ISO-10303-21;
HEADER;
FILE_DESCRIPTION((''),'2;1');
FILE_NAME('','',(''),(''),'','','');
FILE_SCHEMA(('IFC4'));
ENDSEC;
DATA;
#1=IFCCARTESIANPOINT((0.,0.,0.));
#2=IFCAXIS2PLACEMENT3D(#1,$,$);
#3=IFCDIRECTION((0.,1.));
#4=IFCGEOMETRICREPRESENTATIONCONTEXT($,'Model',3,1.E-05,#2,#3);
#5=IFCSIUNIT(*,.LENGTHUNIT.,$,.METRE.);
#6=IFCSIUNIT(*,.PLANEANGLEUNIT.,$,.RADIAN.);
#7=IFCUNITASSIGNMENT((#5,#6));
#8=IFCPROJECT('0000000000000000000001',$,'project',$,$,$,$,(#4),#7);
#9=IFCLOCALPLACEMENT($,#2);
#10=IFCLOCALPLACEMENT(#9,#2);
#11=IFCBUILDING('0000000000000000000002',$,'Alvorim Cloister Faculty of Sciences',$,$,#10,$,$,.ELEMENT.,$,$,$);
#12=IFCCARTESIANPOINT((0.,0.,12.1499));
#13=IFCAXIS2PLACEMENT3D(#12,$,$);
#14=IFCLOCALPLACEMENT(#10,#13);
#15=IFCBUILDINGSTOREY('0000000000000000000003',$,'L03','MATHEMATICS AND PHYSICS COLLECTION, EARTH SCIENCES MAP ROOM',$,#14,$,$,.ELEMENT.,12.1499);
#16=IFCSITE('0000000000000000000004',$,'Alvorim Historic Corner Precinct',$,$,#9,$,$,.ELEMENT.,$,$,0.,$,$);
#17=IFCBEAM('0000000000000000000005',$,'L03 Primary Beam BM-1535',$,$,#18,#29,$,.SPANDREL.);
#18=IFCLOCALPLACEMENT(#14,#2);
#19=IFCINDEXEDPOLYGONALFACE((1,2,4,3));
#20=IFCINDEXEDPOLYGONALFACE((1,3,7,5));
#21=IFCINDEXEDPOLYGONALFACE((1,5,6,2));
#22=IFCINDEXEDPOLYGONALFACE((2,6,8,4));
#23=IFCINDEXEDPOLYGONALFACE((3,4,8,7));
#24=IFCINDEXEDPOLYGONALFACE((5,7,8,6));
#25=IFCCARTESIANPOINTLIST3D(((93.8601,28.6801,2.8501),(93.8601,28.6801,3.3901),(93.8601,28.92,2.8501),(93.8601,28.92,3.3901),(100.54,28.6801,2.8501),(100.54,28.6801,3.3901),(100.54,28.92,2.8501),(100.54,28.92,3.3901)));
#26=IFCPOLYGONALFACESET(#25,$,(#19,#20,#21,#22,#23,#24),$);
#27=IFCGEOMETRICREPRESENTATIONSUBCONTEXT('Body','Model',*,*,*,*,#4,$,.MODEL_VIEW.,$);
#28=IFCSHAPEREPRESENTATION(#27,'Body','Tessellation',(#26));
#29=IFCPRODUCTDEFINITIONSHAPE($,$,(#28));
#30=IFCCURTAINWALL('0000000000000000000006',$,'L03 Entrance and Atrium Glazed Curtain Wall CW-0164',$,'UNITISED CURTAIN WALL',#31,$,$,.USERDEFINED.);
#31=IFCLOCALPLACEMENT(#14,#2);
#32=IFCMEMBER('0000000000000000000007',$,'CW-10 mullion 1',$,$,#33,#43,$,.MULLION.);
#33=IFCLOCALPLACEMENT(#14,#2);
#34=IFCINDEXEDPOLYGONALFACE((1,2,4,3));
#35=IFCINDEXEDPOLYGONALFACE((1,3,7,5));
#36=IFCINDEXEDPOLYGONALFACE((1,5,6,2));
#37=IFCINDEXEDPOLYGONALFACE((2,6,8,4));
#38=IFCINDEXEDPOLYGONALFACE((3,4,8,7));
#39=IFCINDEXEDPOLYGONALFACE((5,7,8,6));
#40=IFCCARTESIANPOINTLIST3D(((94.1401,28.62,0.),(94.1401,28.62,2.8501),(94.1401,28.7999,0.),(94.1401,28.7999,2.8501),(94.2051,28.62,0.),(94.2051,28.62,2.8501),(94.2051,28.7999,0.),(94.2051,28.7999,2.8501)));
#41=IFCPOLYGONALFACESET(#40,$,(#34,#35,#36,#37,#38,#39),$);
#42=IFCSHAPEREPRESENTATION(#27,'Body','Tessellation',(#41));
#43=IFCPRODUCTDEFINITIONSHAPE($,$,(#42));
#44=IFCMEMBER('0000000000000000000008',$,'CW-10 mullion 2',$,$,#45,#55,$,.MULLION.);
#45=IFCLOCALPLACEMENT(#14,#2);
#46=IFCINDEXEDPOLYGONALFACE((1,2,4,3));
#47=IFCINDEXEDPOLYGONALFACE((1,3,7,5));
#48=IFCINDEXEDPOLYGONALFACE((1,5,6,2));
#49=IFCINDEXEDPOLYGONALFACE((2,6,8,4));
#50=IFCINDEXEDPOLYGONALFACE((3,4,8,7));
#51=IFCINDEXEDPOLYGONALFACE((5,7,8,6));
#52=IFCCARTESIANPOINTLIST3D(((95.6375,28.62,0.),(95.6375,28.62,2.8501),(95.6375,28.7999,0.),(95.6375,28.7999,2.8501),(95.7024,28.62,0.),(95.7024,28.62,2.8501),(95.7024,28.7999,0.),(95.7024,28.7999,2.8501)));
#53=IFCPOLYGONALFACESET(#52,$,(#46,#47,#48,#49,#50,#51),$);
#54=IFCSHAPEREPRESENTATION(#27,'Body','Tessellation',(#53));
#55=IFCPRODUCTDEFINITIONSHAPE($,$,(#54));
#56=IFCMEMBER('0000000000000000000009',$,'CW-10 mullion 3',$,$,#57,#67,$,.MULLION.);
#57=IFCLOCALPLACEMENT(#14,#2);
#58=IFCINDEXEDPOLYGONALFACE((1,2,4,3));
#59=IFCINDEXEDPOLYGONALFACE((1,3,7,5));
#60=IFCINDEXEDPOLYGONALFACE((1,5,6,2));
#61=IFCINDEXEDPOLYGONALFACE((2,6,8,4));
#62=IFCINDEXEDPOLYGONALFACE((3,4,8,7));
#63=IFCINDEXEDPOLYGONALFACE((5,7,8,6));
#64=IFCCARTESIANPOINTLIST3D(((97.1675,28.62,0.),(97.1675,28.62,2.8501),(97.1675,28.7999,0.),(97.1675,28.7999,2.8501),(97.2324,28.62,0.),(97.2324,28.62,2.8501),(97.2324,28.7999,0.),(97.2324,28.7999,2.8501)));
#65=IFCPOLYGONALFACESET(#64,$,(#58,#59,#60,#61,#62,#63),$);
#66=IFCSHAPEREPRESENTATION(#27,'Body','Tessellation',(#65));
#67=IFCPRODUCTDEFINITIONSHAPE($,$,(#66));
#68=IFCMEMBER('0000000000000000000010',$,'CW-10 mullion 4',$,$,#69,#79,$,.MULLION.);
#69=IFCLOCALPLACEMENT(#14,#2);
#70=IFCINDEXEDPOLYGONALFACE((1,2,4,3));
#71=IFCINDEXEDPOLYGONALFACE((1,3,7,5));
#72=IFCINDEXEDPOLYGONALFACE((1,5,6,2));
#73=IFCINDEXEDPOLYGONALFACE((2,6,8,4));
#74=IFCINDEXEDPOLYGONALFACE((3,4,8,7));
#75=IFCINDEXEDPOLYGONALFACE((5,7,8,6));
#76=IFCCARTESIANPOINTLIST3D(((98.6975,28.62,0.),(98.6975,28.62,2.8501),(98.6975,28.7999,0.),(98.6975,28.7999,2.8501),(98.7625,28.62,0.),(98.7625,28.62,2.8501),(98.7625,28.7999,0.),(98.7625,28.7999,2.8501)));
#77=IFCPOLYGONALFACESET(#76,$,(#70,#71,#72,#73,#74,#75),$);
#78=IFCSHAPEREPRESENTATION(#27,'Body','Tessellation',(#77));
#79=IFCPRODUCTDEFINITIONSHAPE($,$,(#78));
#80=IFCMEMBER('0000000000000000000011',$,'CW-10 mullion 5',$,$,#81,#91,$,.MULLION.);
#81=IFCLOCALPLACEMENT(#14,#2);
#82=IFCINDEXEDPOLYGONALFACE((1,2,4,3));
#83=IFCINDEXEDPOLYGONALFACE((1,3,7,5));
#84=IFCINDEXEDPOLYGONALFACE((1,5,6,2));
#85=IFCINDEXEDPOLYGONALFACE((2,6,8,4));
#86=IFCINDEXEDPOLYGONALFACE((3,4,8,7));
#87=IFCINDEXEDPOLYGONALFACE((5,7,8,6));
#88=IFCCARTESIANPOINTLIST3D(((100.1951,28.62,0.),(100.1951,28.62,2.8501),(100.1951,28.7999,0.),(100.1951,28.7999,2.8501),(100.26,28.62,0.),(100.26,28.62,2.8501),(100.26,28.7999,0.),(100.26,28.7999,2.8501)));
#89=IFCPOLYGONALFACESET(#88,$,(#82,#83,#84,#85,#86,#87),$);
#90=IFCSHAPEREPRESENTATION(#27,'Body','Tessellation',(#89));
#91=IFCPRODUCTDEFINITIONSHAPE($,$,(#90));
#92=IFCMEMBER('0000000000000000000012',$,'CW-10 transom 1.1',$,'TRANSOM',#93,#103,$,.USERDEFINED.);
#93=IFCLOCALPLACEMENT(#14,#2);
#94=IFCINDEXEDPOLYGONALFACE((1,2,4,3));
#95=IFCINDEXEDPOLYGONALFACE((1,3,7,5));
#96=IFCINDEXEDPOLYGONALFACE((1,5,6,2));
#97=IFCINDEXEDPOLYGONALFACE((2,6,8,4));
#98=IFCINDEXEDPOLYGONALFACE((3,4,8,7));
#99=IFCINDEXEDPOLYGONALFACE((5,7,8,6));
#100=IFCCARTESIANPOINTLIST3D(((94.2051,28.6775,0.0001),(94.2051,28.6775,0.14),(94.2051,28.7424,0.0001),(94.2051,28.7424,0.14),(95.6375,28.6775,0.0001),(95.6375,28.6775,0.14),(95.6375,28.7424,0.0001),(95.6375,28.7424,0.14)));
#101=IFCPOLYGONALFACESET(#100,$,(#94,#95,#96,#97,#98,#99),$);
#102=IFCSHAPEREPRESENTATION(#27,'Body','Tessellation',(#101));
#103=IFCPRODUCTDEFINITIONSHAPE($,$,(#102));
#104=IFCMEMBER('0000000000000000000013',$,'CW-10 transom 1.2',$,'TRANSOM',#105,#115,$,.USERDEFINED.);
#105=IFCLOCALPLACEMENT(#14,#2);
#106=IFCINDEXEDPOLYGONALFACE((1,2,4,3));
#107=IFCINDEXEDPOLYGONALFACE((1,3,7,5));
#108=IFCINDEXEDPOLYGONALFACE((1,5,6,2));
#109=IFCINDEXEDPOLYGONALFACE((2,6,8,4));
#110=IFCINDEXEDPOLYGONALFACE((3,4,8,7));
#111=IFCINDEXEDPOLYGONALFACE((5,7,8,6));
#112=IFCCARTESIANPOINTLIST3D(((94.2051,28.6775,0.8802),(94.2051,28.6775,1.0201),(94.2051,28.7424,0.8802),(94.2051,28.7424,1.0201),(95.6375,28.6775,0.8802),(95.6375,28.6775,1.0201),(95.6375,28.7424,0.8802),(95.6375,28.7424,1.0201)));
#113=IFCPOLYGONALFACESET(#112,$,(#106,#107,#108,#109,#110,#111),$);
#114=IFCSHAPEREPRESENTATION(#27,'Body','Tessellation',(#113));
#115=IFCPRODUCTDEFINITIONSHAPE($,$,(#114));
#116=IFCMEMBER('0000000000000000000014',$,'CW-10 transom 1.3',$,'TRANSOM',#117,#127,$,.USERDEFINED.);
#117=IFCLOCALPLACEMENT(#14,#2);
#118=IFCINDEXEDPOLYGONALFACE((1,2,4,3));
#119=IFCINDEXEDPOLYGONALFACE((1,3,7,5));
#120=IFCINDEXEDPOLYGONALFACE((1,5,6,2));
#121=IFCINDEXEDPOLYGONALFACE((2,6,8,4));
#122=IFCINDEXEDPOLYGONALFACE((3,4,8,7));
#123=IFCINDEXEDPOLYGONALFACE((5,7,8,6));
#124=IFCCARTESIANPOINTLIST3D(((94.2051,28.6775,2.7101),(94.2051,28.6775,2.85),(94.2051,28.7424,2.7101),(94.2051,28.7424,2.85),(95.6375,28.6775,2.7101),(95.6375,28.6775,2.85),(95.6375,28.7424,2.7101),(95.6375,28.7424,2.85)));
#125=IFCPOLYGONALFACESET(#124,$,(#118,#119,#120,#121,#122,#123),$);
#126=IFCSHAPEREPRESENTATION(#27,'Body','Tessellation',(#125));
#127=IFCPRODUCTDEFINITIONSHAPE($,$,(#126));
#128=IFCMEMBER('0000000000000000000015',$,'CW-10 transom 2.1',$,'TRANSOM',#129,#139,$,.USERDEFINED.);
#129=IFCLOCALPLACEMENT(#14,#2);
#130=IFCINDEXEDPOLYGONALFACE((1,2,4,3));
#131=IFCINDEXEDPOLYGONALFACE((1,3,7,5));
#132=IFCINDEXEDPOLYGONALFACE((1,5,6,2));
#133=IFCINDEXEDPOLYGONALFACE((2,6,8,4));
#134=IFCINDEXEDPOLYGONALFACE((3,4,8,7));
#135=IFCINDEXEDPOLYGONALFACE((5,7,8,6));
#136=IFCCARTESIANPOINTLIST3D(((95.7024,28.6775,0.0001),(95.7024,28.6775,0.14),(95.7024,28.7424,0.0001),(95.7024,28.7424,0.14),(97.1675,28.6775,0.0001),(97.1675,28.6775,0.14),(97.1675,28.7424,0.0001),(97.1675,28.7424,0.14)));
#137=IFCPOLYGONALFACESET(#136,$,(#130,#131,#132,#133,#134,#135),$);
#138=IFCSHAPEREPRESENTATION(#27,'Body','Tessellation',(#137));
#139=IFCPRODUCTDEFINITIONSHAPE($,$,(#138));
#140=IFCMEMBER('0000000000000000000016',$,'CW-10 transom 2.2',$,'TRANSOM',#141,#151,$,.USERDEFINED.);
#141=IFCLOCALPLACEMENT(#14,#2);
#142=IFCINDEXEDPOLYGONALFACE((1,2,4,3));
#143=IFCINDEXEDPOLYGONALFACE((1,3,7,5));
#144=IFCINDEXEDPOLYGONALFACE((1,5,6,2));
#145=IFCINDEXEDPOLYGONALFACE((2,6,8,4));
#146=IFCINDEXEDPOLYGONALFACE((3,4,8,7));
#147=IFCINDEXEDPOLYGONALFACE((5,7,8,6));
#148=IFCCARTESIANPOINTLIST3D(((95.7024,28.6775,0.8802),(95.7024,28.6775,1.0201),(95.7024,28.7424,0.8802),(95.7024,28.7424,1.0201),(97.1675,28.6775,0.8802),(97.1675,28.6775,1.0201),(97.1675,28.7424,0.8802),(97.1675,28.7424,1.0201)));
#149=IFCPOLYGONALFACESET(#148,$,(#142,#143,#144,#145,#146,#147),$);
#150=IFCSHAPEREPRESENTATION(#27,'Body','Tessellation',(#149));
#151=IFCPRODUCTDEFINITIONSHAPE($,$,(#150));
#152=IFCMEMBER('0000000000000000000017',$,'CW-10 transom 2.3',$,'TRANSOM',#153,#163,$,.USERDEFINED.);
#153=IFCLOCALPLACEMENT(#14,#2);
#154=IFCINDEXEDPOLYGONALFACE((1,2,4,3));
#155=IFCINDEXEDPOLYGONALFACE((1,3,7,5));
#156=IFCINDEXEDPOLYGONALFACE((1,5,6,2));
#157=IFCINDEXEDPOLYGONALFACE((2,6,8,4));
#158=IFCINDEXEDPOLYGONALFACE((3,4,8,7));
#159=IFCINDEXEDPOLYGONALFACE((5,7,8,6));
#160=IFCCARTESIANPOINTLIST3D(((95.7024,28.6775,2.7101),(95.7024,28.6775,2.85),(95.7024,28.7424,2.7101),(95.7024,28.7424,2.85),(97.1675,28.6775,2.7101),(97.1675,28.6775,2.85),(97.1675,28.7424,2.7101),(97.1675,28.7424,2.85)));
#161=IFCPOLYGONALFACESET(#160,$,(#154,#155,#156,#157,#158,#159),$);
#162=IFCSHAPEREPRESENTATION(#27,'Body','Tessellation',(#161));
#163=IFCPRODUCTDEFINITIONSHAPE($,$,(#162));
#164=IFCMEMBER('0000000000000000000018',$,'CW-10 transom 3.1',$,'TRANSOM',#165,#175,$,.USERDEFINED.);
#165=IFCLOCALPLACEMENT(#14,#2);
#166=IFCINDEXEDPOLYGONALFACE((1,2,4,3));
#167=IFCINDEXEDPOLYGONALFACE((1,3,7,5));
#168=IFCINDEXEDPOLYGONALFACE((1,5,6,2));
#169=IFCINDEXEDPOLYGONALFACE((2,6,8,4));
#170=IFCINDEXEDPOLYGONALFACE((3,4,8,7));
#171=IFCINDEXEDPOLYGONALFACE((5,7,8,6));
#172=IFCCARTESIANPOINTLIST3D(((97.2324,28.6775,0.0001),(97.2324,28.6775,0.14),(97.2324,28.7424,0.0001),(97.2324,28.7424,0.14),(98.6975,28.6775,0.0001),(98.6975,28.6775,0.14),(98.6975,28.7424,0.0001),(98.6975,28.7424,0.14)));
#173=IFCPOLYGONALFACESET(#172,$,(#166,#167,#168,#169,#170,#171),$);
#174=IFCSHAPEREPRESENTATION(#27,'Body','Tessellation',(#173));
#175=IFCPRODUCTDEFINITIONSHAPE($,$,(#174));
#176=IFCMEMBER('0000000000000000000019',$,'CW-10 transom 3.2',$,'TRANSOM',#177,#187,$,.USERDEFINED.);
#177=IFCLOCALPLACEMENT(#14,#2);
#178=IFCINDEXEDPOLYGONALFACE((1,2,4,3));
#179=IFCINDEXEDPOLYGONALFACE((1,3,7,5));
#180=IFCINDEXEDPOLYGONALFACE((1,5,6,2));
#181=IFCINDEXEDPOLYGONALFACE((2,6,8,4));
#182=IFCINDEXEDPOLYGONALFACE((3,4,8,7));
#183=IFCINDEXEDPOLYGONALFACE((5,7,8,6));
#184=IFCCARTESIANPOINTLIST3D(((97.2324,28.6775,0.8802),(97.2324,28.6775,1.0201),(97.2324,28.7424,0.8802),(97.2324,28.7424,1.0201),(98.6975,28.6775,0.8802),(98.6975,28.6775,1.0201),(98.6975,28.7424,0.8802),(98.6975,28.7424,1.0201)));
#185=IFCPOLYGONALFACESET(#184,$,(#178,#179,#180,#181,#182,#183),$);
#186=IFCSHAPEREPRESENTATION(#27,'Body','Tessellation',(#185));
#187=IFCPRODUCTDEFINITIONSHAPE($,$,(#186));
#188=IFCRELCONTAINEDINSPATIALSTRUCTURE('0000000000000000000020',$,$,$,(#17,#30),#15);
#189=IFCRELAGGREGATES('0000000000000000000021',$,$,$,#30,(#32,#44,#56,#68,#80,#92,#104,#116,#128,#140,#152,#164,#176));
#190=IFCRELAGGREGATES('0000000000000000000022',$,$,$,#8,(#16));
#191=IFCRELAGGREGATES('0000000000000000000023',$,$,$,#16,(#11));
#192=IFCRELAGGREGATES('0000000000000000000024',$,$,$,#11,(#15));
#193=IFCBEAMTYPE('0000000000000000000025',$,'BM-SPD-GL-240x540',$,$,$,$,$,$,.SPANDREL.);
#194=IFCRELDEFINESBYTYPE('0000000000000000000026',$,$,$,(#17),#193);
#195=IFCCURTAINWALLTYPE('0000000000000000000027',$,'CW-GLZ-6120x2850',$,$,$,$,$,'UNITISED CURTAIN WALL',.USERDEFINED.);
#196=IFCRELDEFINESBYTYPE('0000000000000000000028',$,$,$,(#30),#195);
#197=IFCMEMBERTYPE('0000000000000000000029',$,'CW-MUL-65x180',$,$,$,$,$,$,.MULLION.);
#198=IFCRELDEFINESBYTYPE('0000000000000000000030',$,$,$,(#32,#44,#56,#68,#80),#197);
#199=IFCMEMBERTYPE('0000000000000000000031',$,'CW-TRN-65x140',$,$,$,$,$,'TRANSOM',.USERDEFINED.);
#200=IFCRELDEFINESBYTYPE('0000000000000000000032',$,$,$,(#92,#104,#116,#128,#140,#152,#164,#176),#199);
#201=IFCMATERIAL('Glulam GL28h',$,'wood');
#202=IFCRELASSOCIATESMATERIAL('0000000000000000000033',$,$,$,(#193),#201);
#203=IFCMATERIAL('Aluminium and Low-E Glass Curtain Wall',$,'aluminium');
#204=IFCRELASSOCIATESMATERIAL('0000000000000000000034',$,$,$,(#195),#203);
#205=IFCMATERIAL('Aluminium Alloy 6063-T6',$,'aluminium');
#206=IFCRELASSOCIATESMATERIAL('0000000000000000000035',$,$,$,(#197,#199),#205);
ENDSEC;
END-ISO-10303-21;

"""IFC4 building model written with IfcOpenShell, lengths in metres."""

from ifc_helpers import new_model, si_unit, direction, frame, origin, origin_2d, place, context, subcontext, project, spatial, rectangle, extrude, material, material_profile, profile_set, type_object, element, aggregate, save


model = new_model("IFC4")

# Units and contexts
model_context = context("Model", 3, precision=1e-05, world=origin(), true_north=direction((0.0, 1.0)))
body_context = subcontext(model_context, "Body", "Model", "MODEL_VIEW")
ifc_project = project(units=[si_unit("LENGTHUNIT", "METRE"), si_unit("PLANEANGLEUNIT", "RADIAN")], contexts=[model_context])

# Site, building, storey
site_placement = place(None, origin())
site = spatial("IfcSite", under=ifc_project, at=site_placement, Name="Alvorim Historic Corner Precinct", CompositionType="ELEMENT", RefElevation=0.0)
building_placement = place(site_placement, origin())
building = spatial("IfcBuilding", under=site, at=building_placement, Name="Alvorim Cloister Faculty of Sciences", CompositionType="ELEMENT")
storey_placement = place(building_placement, frame((0.0, 0.0, 12.1499)))
storey = spatial("IfcBuildingStorey", under=building, at=storey_placement, Name="L03", Description="MATHEMATICS AND PHYSICS COLLECTION, EARTH SCIENCES MAP ROOM", CompositionType="ELEMENT", Elevation=12.1499)

# Beam
ifc_material_1 = material(Name="Glulam GL28h", Category="wood")
ifc_material_profile_1 = material_profile(ifc_material_1, rectangle(XDim=0.24, YDim=0.54, at=origin_2d()), Name="GL28-SPD-240x540")
ifc_profile_set_1 = profile_set([ifc_material_profile_1], Name="Glulam GL28h")
beam_type = type_object("IfcBeamType", Name="BM-SPD-GL-240x540", PredefinedType="SPANDREL", material=ifc_profile_set_1)
beam_placement = place(storey_placement, frame((93.8601, 28.8, 3.1201), z_axis=(1.0, 0.0, 0.0), x_axis=(0.0, 1.0, 0.0)))
element("IfcBeam", 1, at=beam_placement, inside=storey, type_object=beam_type, Name="L03 Primary Beam BM-1535", PredefinedType="SPANDREL", context=body_context, shape_type="SweptSolid", body=[
    extrude(rectangle(XDim=0.24, YDim=0.54, at=origin_2d()), origin(), (0.0, 0.0, 1.0), 6.6799),
])

# Curtain wall, members
ifc_material_2 = material(Name="Aluminium and Low-E Glass Curtain Wall", Category="aluminium")
curtain_wall_type = type_object("IfcCurtainWallType", Name="CW-GLZ-6120x2850", ElementType="UNITISED CURTAIN WALL", PredefinedType="USERDEFINED", material=ifc_material_2)
curtain_wall_placement = place(storey_placement, origin())
curtain_wall = element("IfcCurtainWall", 2, at=curtain_wall_placement, inside=storey, type_object=curtain_wall_type, Name="L03 Entrance and Atrium Glazed Curtain Wall CW-0164", ObjectType="UNITISED CURTAIN WALL", PredefinedType="USERDEFINED")
ifc_material_3 = material(Name="Aluminium Alloy 6063-T6", Category="aluminium")
ifc_material_profile_2 = material_profile(ifc_material_3, rectangle(XDim=0.0649, YDim=0.1799, at=origin_2d()), Name="ALU-MUL-65x180")
ifc_profile_set_2 = profile_set([ifc_material_profile_2], Name="Aluminium Alloy 6063-T6")
member_type_1 = type_object("IfcMemberType", Name="CW-MUL-65x180", PredefinedType="MULLION", material=ifc_profile_set_2)
member_1_placement = place(storey_placement, frame((94.1726, 28.71, 0.0), z_axis=(0.0, 0.0, 1.0), x_axis=(1.0, 0.0, 0.0)))
member_1 = element("IfcMember", 3, at=member_1_placement, type_object=member_type_1, Name="CW-10 mullion 1", PredefinedType="MULLION", context=body_context, shape_type="SweptSolid", body=[
    extrude(rectangle(XDim=0.0649, YDim=0.1799, at=origin_2d()), origin(), (0.0, 0.0, 1.0), 2.8501),
])
member_2_placement = place(storey_placement, frame((95.6699, 28.71, 0.0), z_axis=(0.0, 0.0, 1.0), x_axis=(1.0, 0.0, 0.0)))
member_2 = element("IfcMember", 4, at=member_2_placement, type_object=member_type_1, Name="CW-10 mullion 2", PredefinedType="MULLION", context=body_context, shape_type="SweptSolid", body=[
    extrude(rectangle(XDim=0.0649, YDim=0.1799, at=origin_2d()), origin(), (0.0, 0.0, 1.0), 2.8501),
])
member_3_placement = place(storey_placement, frame((97.2, 28.71, 0.0), z_axis=(0.0, 0.0, 1.0), x_axis=(1.0, 0.0, 0.0)))
member_3 = element("IfcMember", 5, at=member_3_placement, type_object=member_type_1, Name="CW-10 mullion 3", PredefinedType="MULLION", context=body_context, shape_type="SweptSolid", body=[
    extrude(rectangle(XDim=0.0649, YDim=0.1799, at=origin_2d()), origin(), (0.0, 0.0, 1.0), 2.8501),
])
member_4_placement = place(storey_placement, frame((98.73, 28.71, 0.0), z_axis=(0.0, 0.0, 1.0), x_axis=(1.0, 0.0, 0.0)))
member_4 = element("IfcMember", 6, at=member_4_placement, type_object=member_type_1, Name="CW-10 mullion 4", PredefinedType="MULLION", context=body_context, shape_type="SweptSolid", body=[
    extrude(rectangle(XDim=0.0649, YDim=0.1799, at=origin_2d()), origin(), (0.0, 0.0, 1.0), 2.8501),
])
member_5_placement = place(storey_placement, frame((100.2275, 28.71, 0.0), z_axis=(0.0, 0.0, 1.0), x_axis=(1.0, 0.0, 0.0)))
member_5 = element("IfcMember", 7, at=member_5_placement, type_object=member_type_1, Name="CW-10 mullion 5", PredefinedType="MULLION", context=body_context, shape_type="SweptSolid", body=[
    extrude(rectangle(XDim=0.0649, YDim=0.1799, at=origin_2d()), origin(), (0.0, 0.0, 1.0), 2.8501),
])
ifc_material_profile_3 = material_profile(ifc_material_3, rectangle(XDim=0.0649, YDim=0.1399, at=origin_2d()), Name="ALU-TRN-65x140")
ifc_profile_set_3 = profile_set([ifc_material_profile_3], Name="Aluminium Alloy 6063-T6")
member_type_2 = type_object("IfcMemberType", Name="CW-TRN-65x140", ElementType="TRANSOM", PredefinedType="USERDEFINED", material=ifc_profile_set_3)
member_6_placement = place(storey_placement, frame((94.2051, 28.71, 0.0701), z_axis=(1.0, 0.0, 0.0), x_axis=(0.0, 1.0, 0.0)))
member_6 = element("IfcMember", 8, at=member_6_placement, type_object=member_type_2, Name="CW-10 transom 1.1", ObjectType="TRANSOM", PredefinedType="USERDEFINED", context=body_context, shape_type="SweptSolid", body=[
    extrude(rectangle(XDim=0.0649, YDim=0.1399, at=origin_2d()), origin(), (0.0, 0.0, 1.0), 1.4324),
])
member_7_placement = place(storey_placement, frame((94.2051, 28.71, 0.9502), z_axis=(1.0, 0.0, 0.0), x_axis=(0.0, 1.0, 0.0)))
member_7 = element("IfcMember", 9, at=member_7_placement, type_object=member_type_2, Name="CW-10 transom 1.2", ObjectType="TRANSOM", PredefinedType="USERDEFINED", context=body_context, shape_type="SweptSolid", body=[
    extrude(rectangle(XDim=0.0649, YDim=0.1399, at=origin_2d()), origin(), (0.0, 0.0, 1.0), 1.4324),
])
member_8_placement = place(storey_placement, frame((94.2051, 28.71, 2.78), z_axis=(1.0, 0.0, 0.0), x_axis=(0.0, 1.0, 0.0)))
member_8 = element("IfcMember", 10, at=member_8_placement, type_object=member_type_2, Name="CW-10 transom 1.3", ObjectType="TRANSOM", PredefinedType="USERDEFINED", context=body_context, shape_type="SweptSolid", body=[
    extrude(rectangle(XDim=0.0649, YDim=0.1399, at=origin_2d()), origin(), (0.0, 0.0, 1.0), 1.4324),
])
member_9_placement = place(storey_placement, frame((95.7024, 28.71, 0.0701), z_axis=(1.0, 0.0, 0.0), x_axis=(0.0, 1.0, 0.0)))
member_9 = element("IfcMember", 11, at=member_9_placement, type_object=member_type_2, Name="CW-10 transom 2.1", ObjectType="TRANSOM", PredefinedType="USERDEFINED", context=body_context, shape_type="SweptSolid", body=[
    extrude(rectangle(XDim=0.0649, YDim=0.1399, at=origin_2d()), origin(), (0.0, 0.0, 1.0), 1.4651),
])
member_10_placement = place(storey_placement, frame((95.7024, 28.71, 0.9502), z_axis=(1.0, 0.0, 0.0), x_axis=(0.0, 1.0, 0.0)))
member_10 = element("IfcMember", 12, at=member_10_placement, type_object=member_type_2, Name="CW-10 transom 2.2", ObjectType="TRANSOM", PredefinedType="USERDEFINED", context=body_context, shape_type="SweptSolid", body=[
    extrude(rectangle(XDim=0.0649, YDim=0.1399, at=origin_2d()), origin(), (0.0, 0.0, 1.0), 1.4651),
])
member_11_placement = place(storey_placement, frame((95.7024, 28.71, 2.78), z_axis=(1.0, 0.0, 0.0), x_axis=(0.0, 1.0, 0.0)))
member_11 = element("IfcMember", 13, at=member_11_placement, type_object=member_type_2, Name="CW-10 transom 2.3", ObjectType="TRANSOM", PredefinedType="USERDEFINED", context=body_context, shape_type="SweptSolid", body=[
    extrude(rectangle(XDim=0.0649, YDim=0.1399, at=origin_2d()), origin(), (0.0, 0.0, 1.0), 1.4651),
])
member_12_placement = place(storey_placement, frame((97.2324, 28.71, 0.0701), z_axis=(1.0, 0.0, 0.0), x_axis=(0.0, 1.0, 0.0)))
member_12 = element("IfcMember", 14, at=member_12_placement, type_object=member_type_2, Name="CW-10 transom 3.1", ObjectType="TRANSOM", PredefinedType="USERDEFINED", context=body_context, shape_type="SweptSolid", body=[
    extrude(rectangle(XDim=0.0649, YDim=0.1399, at=origin_2d()), origin(), (0.0, 0.0, 1.0), 1.4651),
])
member_13_placement = place(storey_placement, frame((97.2324, 28.71, 0.9502), z_axis=(1.0, 0.0, 0.0), x_axis=(0.0, 1.0, 0.0)))
member_13 = element("IfcMember", 15, at=member_13_placement, type_object=member_type_2, Name="CW-10 transom 3.2", ObjectType="TRANSOM", PredefinedType="USERDEFINED", context=body_context, shape_type="SweptSolid", body=[
    extrude(rectangle(XDim=0.0649, YDim=0.1399, at=origin_2d()), origin(), (0.0, 0.0, 1.0), 1.4651),
])
aggregate(curtain_wall, [member_1, member_2, member_3, member_4, member_5, member_6, member_7, member_8, member_9, member_10, member_11, member_12, member_13])

save(model, "model.ifc")
